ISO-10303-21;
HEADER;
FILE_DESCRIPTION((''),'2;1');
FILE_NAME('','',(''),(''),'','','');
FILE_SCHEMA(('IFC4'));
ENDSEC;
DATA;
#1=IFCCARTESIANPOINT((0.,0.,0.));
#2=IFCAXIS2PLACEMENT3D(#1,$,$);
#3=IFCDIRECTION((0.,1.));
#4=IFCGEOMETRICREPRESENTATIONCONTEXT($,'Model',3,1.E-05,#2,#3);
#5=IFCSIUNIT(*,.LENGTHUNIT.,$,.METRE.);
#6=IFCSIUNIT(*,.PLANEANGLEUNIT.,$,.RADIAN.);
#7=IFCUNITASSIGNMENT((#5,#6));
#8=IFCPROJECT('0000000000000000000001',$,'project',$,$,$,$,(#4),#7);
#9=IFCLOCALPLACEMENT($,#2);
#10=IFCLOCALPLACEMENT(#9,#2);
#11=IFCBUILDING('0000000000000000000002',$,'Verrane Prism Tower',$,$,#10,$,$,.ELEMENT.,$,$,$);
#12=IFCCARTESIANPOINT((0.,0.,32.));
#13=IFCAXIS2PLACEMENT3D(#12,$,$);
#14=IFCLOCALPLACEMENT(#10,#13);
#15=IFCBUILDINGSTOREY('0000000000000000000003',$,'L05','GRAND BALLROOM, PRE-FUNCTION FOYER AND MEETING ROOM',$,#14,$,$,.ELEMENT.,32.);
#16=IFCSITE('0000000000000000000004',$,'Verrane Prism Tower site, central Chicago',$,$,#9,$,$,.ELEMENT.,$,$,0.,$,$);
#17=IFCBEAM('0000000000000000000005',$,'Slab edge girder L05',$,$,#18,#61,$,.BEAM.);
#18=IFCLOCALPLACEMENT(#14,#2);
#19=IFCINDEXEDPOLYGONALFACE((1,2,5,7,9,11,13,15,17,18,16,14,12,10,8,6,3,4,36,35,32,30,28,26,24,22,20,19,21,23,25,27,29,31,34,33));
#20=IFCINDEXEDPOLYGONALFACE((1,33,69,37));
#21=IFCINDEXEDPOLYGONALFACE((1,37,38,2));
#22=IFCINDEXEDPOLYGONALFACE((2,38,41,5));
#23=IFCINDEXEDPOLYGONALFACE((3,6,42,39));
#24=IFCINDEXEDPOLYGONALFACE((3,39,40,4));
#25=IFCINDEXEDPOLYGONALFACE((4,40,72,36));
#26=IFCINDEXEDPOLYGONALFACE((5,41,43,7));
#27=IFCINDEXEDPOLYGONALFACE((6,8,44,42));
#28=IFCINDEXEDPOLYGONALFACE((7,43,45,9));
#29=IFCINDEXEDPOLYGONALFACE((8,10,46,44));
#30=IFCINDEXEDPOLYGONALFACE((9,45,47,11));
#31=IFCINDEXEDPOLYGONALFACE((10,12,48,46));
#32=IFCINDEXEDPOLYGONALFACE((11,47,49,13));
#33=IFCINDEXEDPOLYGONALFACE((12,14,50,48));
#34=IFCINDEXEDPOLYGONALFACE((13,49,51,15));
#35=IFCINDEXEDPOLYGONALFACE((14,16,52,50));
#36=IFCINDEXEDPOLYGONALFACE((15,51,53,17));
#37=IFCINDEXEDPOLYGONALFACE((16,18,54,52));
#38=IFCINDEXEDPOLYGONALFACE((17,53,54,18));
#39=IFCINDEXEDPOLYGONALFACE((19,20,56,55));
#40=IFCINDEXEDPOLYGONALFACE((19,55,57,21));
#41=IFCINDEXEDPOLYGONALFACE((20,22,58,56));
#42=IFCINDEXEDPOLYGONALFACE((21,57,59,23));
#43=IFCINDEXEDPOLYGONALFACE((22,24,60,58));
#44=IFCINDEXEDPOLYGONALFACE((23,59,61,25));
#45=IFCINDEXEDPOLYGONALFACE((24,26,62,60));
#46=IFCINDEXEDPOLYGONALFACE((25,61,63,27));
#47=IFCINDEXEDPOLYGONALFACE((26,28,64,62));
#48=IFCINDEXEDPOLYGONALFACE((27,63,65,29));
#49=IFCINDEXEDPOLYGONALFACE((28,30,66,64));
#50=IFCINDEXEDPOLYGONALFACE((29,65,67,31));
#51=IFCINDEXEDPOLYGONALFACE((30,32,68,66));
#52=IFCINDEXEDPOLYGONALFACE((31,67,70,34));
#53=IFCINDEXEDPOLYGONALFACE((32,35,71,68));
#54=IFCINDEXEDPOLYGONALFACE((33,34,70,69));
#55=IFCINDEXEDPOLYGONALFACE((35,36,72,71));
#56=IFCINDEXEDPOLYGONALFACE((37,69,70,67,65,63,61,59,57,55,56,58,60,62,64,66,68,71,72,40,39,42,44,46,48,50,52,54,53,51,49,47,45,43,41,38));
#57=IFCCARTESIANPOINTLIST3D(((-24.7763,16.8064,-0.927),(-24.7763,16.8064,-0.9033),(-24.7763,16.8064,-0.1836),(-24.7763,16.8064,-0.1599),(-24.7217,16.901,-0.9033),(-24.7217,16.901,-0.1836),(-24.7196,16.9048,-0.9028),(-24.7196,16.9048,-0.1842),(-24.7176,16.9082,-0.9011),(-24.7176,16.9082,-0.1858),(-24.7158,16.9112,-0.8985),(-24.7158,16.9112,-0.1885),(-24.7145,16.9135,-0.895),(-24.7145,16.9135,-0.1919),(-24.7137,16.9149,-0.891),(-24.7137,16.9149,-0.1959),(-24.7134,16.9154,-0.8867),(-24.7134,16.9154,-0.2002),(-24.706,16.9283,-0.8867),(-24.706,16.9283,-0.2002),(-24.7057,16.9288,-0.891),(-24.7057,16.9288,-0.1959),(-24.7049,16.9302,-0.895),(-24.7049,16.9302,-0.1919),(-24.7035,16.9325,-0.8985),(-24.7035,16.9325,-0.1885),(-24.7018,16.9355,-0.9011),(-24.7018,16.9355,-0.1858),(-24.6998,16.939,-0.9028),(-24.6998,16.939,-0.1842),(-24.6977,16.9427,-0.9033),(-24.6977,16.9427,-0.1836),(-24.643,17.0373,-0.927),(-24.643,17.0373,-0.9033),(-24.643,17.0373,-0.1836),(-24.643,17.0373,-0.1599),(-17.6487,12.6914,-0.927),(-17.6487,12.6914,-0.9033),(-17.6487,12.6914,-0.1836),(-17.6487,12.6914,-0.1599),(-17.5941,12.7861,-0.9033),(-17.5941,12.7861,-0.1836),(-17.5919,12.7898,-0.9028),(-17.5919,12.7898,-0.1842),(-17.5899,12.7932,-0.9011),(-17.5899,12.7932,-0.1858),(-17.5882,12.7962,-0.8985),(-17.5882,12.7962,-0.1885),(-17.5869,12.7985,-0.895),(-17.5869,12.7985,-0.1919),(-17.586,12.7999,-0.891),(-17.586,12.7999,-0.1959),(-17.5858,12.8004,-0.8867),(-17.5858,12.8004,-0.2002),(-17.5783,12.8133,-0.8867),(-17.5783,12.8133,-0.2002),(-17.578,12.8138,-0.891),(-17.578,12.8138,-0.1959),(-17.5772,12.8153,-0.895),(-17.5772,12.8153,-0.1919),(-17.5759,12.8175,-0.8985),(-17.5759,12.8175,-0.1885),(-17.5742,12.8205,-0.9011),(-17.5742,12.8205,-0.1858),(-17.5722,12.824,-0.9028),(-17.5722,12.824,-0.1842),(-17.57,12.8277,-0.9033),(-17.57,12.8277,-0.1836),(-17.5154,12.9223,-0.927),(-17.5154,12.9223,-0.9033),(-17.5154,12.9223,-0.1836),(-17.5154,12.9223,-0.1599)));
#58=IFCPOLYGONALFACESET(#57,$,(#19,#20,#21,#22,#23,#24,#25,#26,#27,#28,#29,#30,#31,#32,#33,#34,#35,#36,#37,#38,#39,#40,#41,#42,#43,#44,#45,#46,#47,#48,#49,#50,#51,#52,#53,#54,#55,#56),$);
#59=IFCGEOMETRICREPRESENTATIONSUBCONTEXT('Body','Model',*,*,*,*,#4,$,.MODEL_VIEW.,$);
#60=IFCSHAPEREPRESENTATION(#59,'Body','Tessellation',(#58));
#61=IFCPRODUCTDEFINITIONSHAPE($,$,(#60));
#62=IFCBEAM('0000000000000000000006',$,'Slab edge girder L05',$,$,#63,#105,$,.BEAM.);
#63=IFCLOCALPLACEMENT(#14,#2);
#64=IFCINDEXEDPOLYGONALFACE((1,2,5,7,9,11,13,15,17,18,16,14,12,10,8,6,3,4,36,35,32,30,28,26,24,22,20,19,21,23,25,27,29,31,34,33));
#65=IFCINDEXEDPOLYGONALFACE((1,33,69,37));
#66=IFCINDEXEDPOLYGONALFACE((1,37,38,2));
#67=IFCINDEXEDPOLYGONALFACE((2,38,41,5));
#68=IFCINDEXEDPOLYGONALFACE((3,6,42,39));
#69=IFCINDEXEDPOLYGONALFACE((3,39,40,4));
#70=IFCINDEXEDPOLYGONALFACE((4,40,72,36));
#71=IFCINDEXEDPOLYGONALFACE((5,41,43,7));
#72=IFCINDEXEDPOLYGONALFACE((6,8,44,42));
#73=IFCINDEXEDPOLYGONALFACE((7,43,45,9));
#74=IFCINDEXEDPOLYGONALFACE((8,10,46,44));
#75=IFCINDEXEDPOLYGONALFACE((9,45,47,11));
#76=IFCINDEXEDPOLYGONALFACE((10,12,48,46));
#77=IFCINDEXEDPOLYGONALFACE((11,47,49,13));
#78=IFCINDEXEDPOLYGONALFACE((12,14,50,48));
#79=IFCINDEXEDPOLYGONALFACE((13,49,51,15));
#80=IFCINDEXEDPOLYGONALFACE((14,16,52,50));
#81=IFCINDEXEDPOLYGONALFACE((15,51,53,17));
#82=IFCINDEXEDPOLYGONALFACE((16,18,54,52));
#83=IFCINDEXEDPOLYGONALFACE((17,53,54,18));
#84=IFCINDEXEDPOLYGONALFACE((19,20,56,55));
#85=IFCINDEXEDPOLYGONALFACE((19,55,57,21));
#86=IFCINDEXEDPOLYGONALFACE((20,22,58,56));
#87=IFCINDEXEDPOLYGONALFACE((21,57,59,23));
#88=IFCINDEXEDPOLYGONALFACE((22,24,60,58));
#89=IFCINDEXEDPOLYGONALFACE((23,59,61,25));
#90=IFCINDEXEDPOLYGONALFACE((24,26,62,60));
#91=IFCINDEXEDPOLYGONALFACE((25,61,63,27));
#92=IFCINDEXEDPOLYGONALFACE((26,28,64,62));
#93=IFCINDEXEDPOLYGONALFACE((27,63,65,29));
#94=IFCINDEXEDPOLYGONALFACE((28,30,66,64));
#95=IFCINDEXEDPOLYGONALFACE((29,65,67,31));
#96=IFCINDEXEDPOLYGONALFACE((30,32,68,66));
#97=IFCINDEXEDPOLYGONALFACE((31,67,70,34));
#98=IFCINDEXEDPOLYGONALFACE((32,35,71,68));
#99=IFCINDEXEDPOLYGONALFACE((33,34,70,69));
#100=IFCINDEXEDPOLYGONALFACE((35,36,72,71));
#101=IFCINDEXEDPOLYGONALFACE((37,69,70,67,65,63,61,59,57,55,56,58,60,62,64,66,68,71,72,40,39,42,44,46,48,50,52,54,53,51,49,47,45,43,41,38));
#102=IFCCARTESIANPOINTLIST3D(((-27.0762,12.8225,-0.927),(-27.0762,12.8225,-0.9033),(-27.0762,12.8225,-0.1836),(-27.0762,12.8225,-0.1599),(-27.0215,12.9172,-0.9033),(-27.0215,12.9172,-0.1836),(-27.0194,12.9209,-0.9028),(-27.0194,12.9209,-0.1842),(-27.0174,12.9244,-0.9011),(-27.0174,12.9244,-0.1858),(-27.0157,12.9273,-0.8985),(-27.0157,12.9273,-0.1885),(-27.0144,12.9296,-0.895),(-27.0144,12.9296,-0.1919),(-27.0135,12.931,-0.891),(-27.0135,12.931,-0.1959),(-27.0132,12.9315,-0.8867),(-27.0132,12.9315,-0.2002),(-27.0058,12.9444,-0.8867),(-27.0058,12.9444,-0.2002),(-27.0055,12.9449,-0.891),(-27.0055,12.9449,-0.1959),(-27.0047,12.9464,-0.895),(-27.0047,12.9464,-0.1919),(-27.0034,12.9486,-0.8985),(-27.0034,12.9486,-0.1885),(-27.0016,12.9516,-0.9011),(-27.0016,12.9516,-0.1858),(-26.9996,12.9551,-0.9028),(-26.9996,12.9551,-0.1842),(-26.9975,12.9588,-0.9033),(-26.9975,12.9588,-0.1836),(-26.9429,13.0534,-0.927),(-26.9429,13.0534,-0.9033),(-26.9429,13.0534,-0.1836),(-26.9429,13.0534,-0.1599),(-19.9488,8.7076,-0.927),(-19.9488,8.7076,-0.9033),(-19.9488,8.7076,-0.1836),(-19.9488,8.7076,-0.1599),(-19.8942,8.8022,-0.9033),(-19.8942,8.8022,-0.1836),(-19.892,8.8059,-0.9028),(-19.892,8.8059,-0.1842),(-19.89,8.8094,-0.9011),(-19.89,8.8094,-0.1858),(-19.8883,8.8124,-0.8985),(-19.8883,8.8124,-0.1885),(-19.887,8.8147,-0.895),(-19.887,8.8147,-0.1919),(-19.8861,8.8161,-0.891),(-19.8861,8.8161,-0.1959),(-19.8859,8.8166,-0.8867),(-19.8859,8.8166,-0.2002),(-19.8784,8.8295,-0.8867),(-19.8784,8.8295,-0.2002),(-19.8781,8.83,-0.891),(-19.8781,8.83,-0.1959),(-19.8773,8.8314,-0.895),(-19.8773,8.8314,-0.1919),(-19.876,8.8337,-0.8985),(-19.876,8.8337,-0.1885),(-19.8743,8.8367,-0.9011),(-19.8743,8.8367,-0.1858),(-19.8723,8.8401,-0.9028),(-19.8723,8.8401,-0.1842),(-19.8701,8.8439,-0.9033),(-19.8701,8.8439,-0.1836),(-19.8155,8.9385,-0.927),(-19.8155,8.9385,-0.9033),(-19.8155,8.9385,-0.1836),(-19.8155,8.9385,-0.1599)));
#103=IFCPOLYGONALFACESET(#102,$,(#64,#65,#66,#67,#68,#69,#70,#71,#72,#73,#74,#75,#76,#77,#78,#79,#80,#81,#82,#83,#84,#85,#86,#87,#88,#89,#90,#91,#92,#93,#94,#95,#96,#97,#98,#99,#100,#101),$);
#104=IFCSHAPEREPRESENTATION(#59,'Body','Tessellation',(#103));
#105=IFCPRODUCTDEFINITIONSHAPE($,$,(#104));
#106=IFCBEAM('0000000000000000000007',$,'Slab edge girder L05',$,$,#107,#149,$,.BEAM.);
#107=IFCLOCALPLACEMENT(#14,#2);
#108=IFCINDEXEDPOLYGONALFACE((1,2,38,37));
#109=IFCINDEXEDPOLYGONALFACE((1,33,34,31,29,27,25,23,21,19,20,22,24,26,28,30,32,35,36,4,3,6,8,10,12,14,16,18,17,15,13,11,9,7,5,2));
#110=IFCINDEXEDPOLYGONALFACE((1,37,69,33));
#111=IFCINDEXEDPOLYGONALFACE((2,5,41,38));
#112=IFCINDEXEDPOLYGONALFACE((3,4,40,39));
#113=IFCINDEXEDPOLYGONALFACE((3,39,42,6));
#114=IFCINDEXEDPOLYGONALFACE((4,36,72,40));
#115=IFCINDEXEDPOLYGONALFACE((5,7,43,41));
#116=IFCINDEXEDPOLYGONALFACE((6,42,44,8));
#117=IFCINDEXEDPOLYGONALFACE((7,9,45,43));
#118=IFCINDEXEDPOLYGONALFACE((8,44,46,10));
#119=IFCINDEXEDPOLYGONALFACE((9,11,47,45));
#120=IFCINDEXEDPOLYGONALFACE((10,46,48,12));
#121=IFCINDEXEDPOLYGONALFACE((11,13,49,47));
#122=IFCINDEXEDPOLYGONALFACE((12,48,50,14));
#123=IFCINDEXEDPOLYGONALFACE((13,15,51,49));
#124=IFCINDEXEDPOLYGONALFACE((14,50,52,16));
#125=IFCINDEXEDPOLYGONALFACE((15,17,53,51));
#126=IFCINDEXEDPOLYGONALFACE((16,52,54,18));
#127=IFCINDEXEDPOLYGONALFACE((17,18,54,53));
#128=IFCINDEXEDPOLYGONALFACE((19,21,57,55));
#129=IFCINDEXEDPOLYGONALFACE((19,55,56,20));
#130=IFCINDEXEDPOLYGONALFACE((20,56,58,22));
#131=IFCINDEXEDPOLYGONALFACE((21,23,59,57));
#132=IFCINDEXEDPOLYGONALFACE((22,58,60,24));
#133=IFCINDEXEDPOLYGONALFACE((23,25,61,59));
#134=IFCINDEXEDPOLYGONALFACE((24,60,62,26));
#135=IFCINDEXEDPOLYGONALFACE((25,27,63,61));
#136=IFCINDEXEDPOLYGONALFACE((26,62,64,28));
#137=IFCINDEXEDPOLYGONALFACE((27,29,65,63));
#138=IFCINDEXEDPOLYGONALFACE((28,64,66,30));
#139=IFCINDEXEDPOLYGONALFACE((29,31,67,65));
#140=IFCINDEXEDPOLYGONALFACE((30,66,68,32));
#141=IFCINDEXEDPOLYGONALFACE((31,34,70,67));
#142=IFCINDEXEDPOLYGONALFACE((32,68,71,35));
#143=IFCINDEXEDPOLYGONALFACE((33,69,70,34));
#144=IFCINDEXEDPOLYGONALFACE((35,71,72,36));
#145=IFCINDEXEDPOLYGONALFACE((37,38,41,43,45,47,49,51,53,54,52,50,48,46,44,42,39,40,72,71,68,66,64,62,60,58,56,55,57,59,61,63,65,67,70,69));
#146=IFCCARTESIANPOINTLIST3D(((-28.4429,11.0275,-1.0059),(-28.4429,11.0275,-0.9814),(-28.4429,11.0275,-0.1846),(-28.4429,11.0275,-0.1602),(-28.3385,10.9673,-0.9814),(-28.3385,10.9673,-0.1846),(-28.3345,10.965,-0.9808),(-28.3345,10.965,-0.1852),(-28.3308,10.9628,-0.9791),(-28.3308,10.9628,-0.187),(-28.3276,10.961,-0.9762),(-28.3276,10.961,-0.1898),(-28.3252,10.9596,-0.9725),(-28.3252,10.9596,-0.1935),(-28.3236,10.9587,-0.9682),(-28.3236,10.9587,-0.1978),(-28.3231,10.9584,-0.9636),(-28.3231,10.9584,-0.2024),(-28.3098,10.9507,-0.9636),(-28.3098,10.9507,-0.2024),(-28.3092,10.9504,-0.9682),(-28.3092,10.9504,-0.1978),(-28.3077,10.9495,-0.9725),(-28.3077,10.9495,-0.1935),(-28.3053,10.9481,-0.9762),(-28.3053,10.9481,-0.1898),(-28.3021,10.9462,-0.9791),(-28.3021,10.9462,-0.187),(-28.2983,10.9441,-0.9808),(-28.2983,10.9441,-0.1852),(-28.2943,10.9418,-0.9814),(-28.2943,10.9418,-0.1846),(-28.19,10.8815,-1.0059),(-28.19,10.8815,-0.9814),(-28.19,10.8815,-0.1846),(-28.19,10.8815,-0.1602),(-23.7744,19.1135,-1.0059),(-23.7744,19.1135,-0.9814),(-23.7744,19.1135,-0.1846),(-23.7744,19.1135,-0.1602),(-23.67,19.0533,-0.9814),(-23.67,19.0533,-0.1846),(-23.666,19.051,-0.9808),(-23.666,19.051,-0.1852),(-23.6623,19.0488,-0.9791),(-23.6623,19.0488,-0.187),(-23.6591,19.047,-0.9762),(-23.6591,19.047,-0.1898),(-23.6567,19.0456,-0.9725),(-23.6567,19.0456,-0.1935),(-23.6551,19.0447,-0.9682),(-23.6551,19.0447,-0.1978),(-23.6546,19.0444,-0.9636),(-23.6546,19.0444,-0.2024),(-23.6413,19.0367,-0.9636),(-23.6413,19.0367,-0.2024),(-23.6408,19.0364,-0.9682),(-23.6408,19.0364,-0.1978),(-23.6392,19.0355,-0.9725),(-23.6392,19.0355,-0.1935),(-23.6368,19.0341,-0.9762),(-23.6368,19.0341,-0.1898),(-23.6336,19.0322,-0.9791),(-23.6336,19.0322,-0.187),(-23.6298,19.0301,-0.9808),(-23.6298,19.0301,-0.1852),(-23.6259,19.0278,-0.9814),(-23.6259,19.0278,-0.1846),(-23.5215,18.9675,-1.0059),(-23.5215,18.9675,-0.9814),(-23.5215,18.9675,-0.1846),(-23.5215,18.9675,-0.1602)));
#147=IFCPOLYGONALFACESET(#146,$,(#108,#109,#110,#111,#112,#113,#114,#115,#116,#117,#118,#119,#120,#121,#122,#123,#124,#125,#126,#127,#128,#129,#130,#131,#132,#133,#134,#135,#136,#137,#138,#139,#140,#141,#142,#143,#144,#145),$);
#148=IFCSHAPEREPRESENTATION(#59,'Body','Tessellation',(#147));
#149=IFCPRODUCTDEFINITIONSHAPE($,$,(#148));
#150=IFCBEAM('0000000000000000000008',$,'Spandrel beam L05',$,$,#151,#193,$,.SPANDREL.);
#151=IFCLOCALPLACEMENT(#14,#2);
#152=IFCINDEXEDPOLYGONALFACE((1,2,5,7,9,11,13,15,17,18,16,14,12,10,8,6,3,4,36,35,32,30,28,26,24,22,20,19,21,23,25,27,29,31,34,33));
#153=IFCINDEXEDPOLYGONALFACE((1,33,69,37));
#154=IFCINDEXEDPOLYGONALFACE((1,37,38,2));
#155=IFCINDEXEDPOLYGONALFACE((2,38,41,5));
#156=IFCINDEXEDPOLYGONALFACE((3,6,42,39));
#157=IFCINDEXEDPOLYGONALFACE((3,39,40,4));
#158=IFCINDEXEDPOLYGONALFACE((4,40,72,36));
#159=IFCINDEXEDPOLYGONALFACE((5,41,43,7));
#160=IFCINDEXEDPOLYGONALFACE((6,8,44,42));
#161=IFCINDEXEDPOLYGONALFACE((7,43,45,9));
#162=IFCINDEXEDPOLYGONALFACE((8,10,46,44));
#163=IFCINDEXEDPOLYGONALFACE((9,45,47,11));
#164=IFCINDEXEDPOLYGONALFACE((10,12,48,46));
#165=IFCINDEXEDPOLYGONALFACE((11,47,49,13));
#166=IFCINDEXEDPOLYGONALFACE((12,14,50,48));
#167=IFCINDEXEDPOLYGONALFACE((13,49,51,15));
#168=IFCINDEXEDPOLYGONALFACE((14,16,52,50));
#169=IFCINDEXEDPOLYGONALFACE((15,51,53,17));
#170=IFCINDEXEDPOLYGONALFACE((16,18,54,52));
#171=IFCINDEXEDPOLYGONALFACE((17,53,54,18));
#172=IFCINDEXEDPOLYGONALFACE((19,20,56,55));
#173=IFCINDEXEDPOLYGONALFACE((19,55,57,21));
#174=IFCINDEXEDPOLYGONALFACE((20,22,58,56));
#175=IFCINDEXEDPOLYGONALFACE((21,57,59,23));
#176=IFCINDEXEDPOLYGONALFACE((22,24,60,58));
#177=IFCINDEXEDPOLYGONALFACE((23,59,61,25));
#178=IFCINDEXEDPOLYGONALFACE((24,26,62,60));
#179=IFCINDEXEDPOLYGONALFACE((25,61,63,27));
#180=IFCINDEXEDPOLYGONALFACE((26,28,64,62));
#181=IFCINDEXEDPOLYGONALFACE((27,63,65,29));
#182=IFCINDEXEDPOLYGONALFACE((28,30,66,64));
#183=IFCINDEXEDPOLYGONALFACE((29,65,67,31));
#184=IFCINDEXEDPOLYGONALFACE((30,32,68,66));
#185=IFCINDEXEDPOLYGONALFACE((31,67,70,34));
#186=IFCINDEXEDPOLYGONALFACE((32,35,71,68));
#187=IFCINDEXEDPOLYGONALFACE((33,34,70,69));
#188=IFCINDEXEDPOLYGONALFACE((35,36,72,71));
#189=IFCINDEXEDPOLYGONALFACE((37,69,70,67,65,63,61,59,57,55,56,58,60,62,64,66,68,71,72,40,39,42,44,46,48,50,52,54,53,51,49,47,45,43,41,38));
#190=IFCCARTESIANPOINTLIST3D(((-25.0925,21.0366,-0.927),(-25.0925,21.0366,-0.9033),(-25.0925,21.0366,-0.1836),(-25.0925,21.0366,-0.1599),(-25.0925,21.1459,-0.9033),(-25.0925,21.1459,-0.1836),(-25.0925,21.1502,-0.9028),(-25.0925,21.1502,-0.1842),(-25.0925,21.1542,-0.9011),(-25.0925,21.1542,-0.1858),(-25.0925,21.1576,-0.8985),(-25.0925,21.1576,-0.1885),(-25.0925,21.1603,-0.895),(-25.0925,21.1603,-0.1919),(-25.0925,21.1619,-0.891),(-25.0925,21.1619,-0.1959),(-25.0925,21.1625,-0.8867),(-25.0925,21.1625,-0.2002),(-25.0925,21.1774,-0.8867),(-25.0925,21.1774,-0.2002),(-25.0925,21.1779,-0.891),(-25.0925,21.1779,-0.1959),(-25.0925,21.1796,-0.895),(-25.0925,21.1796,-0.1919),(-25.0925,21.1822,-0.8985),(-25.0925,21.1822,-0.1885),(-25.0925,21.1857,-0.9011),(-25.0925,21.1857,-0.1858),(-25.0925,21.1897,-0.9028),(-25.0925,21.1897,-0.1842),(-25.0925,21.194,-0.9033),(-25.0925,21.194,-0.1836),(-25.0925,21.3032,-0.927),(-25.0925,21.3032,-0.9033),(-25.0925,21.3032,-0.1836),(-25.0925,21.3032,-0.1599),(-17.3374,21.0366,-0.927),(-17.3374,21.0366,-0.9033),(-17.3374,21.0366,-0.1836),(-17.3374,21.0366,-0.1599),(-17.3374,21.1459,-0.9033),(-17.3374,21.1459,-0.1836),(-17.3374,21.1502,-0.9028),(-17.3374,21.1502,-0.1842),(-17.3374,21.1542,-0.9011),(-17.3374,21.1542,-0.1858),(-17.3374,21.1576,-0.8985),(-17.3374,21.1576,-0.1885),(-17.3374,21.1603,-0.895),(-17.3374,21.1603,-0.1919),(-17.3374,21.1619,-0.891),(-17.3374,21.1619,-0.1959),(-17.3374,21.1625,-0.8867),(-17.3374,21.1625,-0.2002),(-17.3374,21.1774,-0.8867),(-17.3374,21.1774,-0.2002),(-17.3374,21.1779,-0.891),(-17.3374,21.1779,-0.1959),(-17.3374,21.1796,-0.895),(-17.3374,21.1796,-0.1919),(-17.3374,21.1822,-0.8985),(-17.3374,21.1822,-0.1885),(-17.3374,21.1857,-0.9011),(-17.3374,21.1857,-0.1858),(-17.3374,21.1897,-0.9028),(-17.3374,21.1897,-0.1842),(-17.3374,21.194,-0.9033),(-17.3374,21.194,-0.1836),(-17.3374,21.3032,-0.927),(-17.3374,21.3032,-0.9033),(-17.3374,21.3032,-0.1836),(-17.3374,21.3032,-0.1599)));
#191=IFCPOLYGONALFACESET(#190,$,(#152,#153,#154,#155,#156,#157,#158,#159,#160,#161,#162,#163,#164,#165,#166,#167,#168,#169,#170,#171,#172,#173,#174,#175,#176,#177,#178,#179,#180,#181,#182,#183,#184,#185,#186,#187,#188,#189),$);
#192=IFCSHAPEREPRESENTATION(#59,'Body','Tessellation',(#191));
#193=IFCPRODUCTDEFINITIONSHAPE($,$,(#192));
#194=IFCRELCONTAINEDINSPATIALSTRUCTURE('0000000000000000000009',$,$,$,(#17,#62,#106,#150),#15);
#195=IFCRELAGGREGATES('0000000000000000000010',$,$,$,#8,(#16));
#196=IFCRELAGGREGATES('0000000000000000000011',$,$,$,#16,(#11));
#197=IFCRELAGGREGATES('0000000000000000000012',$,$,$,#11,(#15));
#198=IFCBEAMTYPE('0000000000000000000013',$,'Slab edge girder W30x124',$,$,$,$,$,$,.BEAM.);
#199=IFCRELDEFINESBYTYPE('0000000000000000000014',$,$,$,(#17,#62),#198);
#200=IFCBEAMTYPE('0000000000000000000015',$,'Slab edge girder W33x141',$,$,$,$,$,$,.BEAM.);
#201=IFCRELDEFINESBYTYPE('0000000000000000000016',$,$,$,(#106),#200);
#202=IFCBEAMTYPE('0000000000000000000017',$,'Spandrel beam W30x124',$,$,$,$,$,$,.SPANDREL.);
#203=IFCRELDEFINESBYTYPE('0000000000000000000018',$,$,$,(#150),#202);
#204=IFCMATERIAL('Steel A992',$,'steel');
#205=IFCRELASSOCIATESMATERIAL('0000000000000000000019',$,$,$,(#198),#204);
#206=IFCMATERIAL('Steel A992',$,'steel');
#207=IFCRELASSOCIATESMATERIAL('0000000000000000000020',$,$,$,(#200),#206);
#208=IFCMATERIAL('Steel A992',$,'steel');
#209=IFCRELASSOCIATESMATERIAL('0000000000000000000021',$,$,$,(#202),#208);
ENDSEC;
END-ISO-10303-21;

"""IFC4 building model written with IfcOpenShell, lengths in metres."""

from ifc_helpers import new_model, si_unit, direction, frame, origin, origin_2d, place, context, subcontext, project, spatial, i_section, extrude, material, material_profile, profile_set, type_object, element, save


model = new_model("IFC4")

# Units and contexts
model_context = context("Model", 3, precision=1e-05, world=origin(), true_north=direction((0.0, 1.0)))
body_context = subcontext(model_context, "Body", "Model", "MODEL_VIEW")
ifc_project = project(units=[si_unit("LENGTHUNIT", "METRE"), si_unit("PLANEANGLEUNIT", "RADIAN")], contexts=[model_context])

# Site, building, storey
site_placement = place(None, origin())
site = spatial("IfcSite", under=ifc_project, at=site_placement, Name="Verrane Prism Tower site, central Chicago", CompositionType="ELEMENT", RefElevation=0.0)
building_placement = place(site_placement, origin())
building = spatial("IfcBuilding", under=site, at=building_placement, Name="Verrane Prism Tower", CompositionType="ELEMENT")
storey_placement = place(building_placement, frame((0.0, 0.0, 32.0)))
storey = spatial("IfcBuildingStorey", under=building, at=storey_placement, Name="L05", Description="GRAND BALLROOM, PRE-FUNCTION FOYER AND MEETING ROOM", CompositionType="ELEMENT", Elevation=32.0)

# Beams
ifc_material_1 = material(Name="Steel A992", Category="steel")
ifc_material_profile_1 = material_profile(ifc_material_1, i_section(OverallWidth=0.2666, OverallDepth=0.7671, WebThickness=0.0149, FlangeThickness=0.0237, FilletRadius=0.0166, at=origin_2d()), Name="W30x124")
ifc_profile_set_1 = profile_set([ifc_material_profile_1], Name="Steel A992")
beam_type_1 = type_object("IfcBeamType", Name="Slab edge girder W30x124", PredefinedType="BEAM", material=ifc_profile_set_1)
beam_1_placement = place(storey_placement, frame((-17.582, 12.8069, -0.5435), z_axis=(-0.866035, 0.499984, 0.0), x_axis=(-0.499984, -0.866035, 0.0)))
element("IfcBeam", 1, at=beam_1_placement, inside=storey, type_object=beam_type_1, Name="Slab edge girder L05", PredefinedType="BEAM", context=body_context, shape_type="SweptSolid", body=[
    extrude(i_section(OverallWidth=0.2666, OverallDepth=0.7671, WebThickness=0.0149, FlangeThickness=0.0237, FilletRadius=0.0166, at=origin_2d()), origin(), (0.0, 0.0, 1.0), 8.2302),
])
beam_2_placement = place(storey_placement, frame((-27.0095, 12.938, -0.5435), z_axis=(0.866028, -0.499996, 0.0), x_axis=(0.499996, 0.866028, 0.0)))
element("IfcBeam", 2, at=beam_2_placement, inside=storey, type_object=beam_type_1, Name="Slab edge girder L05", PredefinedType="BEAM", context=body_context, shape_type="SweptSolid", body=[
    extrude(i_section(OverallWidth=0.2666, OverallDepth=0.7671, WebThickness=0.0149, FlangeThickness=0.0237, FilletRadius=0.0166, at=origin_2d()), origin(), (0.0, 0.0, 1.0), 8.23),
])
ifc_material_2 = material(Name="Steel A992", Category="steel")
ifc_material_profile_2 = material_profile(ifc_material_2, i_section(OverallWidth=0.292, OverallDepth=0.8457, WebThickness=0.0154, FlangeThickness=0.0244, FilletRadius=0.0178, at=origin_2d()), Name="W33x141")
ifc_profile_set_2 = profile_set([ifc_material_profile_2], Name="Steel A992")
beam_type_2 = type_object("IfcBeamType", Name="Slab edge girder W33x141", PredefinedType="BEAM", material=ifc_profile_set_2)
beam_3_placement = place(storey_placement, frame((-23.6479, 19.0405, -0.583), z_axis=(-0.500003, -0.866024, 0.0), x_axis=(0.866024, -0.500003, 0.0)))
element("IfcBeam", 3, at=beam_3_placement, inside=storey, type_object=beam_type_2, Name="Slab edge girder L05", PredefinedType="BEAM", context=body_context, shape_type="SweptSolid", body=[
    extrude(i_section(OverallWidth=0.292, OverallDepth=0.8457, WebThickness=0.0154, FlangeThickness=0.0244, FilletRadius=0.0178, at=origin_2d()), origin(), (0.0, 0.0, 1.0), 9.3369),
])
ifc_material_3 = material(Name="Steel A992", Category="steel")
ifc_material_profile_3 = material_profile(ifc_material_3, i_section(OverallWidth=0.2666, OverallDepth=0.7671, WebThickness=0.0149, FlangeThickness=0.0237, FilletRadius=0.0166, at=origin_2d()), Name="W30x124")
ifc_profile_set_3 = profile_set([ifc_material_profile_3], Name="Steel A992")
beam_type_3 = type_object("IfcBeamType", Name="Spandrel beam W30x124", PredefinedType="SPANDREL", material=ifc_profile_set_3)
beam_4_placement = place(storey_placement, frame((-17.3374, 21.1699, -0.5435), z_axis=(-1.0, 0.0, 0.0), x_axis=(0.0, -1.0, 0.0)))
element("IfcBeam", 4, at=beam_4_placement, inside=storey, type_object=beam_type_3, Name="Spandrel beam L05", PredefinedType="SPANDREL", context=body_context, shape_type="SweptSolid", body=[
    extrude(i_section(OverallWidth=0.2666, OverallDepth=0.7671, WebThickness=0.0149, FlangeThickness=0.0237, FilletRadius=0.0166, at=origin_2d()), origin(), (0.0, 0.0, 1.0), 7.7551),
])

save(model, "model.ifc")
